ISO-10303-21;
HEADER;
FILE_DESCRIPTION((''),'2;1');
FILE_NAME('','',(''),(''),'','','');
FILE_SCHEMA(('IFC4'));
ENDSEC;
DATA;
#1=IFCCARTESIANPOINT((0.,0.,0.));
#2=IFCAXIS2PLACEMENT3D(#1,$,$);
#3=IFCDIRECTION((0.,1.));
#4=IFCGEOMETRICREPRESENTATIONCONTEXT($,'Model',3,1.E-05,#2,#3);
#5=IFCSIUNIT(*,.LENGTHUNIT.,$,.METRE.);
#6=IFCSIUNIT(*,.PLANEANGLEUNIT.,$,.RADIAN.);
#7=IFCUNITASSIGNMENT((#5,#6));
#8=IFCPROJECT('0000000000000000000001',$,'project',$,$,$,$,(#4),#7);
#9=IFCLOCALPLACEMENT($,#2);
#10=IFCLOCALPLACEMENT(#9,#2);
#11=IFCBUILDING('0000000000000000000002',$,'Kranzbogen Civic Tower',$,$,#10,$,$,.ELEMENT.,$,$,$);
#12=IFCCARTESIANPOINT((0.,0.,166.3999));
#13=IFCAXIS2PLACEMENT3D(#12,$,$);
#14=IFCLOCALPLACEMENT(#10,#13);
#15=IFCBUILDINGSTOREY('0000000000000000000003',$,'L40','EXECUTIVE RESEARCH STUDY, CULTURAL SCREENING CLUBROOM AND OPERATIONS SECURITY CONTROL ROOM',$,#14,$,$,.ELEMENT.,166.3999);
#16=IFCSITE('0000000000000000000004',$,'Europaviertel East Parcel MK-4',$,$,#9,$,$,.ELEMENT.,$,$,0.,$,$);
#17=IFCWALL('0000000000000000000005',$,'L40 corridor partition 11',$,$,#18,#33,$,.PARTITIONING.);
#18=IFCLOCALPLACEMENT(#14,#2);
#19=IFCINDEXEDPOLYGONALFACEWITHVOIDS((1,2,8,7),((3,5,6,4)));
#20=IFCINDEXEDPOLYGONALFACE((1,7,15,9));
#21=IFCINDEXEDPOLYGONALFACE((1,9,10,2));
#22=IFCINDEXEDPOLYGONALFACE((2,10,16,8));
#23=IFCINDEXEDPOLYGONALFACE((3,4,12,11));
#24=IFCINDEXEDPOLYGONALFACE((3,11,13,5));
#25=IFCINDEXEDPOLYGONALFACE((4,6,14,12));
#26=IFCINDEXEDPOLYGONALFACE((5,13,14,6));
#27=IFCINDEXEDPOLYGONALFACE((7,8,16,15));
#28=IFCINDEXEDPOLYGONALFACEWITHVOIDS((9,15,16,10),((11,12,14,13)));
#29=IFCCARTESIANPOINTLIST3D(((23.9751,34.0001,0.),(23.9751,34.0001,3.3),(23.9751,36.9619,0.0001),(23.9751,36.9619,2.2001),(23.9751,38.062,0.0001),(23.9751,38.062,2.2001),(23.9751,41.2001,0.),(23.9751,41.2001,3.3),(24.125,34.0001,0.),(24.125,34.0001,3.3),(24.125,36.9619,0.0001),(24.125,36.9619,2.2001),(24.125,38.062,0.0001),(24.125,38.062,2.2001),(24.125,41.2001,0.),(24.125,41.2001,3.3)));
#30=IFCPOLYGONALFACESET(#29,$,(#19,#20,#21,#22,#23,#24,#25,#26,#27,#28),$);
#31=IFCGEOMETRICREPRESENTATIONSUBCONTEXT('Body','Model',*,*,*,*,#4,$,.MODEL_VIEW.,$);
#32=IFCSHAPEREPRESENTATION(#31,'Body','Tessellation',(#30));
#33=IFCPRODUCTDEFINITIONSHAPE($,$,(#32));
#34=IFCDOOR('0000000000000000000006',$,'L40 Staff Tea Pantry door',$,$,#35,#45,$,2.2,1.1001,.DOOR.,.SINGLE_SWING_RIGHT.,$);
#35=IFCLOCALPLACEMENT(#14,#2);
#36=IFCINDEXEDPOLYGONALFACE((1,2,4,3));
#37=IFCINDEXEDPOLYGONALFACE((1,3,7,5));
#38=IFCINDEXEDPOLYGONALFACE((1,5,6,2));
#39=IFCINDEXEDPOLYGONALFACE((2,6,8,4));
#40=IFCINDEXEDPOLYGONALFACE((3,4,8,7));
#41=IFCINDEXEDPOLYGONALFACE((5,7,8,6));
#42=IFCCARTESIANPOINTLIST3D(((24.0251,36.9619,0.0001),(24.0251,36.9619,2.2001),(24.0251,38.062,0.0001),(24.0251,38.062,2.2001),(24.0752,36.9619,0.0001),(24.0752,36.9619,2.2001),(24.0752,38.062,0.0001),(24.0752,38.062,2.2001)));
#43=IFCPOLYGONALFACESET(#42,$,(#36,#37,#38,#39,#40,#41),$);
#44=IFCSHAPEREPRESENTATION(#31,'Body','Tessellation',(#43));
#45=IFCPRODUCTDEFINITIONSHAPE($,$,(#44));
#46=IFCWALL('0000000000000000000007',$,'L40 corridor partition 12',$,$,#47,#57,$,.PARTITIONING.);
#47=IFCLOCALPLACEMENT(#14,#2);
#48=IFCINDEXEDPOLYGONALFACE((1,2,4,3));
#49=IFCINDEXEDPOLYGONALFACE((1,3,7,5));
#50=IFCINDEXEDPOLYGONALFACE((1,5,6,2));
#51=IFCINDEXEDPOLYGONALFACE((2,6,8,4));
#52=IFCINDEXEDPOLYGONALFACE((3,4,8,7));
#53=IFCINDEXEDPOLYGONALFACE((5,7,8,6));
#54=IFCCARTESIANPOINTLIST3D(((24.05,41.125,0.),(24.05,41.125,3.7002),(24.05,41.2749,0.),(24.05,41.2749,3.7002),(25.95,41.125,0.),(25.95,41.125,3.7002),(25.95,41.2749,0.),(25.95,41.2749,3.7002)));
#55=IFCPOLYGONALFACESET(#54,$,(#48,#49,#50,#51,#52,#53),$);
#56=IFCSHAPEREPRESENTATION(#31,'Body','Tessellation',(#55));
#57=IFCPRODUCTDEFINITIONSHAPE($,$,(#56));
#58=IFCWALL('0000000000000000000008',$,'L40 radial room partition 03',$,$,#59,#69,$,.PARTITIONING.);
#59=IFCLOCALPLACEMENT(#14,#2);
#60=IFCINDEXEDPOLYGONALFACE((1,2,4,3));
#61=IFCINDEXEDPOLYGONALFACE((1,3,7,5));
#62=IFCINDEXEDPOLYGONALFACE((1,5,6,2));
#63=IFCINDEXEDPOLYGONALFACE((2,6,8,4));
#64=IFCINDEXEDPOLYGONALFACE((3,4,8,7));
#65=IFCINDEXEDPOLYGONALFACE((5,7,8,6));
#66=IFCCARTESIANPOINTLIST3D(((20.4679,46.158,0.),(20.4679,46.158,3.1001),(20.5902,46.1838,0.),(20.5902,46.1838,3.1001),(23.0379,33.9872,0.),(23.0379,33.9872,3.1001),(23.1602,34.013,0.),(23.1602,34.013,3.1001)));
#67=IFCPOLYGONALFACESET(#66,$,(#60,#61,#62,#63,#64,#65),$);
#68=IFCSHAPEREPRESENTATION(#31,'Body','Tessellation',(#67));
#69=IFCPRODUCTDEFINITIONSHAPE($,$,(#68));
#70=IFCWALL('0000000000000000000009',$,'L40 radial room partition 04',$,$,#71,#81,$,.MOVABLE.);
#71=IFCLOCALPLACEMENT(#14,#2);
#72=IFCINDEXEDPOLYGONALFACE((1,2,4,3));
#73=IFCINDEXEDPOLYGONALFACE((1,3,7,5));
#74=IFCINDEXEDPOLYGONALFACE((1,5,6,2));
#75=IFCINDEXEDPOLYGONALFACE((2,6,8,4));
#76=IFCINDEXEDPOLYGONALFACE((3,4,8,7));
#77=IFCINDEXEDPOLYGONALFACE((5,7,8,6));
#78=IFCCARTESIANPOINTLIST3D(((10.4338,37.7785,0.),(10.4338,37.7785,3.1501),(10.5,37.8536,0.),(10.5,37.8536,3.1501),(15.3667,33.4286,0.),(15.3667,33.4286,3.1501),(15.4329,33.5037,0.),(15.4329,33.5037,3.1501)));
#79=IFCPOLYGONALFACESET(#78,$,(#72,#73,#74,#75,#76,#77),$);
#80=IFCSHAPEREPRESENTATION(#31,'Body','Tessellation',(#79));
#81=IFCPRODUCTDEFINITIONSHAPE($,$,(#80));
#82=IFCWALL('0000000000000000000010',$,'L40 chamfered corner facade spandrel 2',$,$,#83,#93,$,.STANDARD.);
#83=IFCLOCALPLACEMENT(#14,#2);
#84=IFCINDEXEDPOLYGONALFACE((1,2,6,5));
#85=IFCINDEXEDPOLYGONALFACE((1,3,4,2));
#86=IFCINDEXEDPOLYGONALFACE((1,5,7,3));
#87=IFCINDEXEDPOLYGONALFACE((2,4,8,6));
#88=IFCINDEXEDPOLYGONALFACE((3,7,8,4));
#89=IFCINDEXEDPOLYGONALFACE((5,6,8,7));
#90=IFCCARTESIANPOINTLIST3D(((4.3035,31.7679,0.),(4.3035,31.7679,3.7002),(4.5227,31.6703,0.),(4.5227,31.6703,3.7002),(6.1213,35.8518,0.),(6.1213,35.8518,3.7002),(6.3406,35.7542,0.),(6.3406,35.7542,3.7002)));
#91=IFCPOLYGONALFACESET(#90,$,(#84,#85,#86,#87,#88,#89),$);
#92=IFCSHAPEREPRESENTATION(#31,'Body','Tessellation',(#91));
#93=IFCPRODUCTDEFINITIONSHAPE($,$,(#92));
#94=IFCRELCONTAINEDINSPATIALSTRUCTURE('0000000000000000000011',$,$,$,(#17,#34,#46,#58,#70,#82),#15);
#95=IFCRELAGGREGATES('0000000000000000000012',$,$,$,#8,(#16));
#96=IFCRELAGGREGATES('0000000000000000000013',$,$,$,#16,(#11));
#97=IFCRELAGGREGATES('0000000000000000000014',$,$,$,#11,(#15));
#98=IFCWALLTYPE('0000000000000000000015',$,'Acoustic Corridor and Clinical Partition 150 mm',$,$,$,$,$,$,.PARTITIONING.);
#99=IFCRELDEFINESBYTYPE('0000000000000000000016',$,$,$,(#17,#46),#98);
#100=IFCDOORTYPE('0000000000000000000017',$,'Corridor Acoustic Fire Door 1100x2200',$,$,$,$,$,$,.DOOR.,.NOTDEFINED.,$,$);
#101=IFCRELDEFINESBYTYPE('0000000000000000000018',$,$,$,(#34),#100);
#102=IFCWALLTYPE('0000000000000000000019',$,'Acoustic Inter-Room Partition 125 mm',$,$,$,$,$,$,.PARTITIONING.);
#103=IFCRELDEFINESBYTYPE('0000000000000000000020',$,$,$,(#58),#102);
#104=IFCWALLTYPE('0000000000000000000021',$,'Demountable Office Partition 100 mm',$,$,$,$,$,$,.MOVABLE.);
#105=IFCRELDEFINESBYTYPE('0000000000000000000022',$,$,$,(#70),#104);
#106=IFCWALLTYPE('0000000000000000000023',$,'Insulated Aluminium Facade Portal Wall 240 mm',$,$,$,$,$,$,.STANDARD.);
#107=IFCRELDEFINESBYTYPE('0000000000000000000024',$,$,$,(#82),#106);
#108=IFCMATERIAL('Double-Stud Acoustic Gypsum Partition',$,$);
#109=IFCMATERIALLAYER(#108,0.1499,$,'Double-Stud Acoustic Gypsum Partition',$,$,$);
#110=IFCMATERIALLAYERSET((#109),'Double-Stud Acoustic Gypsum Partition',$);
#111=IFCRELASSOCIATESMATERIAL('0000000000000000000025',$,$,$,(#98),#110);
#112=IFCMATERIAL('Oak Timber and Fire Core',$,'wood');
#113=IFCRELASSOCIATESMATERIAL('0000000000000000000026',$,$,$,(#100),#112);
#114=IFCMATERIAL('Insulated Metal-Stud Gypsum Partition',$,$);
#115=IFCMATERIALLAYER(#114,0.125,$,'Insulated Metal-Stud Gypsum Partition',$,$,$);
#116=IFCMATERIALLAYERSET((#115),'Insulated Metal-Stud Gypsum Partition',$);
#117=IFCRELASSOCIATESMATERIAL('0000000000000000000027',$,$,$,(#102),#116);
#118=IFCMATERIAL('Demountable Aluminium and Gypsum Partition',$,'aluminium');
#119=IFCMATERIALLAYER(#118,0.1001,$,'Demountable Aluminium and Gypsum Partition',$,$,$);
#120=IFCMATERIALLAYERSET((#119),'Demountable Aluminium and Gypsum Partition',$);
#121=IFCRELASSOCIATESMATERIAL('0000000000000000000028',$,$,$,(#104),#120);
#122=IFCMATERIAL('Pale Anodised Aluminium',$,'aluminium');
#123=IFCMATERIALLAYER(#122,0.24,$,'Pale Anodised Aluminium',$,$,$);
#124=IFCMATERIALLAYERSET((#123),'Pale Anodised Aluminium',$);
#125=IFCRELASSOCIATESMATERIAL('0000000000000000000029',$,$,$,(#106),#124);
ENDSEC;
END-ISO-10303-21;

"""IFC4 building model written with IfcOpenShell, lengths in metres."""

from ifc_helpers import new_model, si_unit, direction, frame, frame_2d, origin, place, context, subcontext, project, spatial, rectangle, extrude, material, layer, layer_set, type_object, element, fill, save


model = new_model("IFC4")

# Units and contexts
model_context = context("Model", 3, precision=1e-05, world=origin(), true_north=direction((0.0, 1.0)))
body_context = subcontext(model_context, "Body", "Model", "MODEL_VIEW")
ifc_project = project(units=[si_unit("LENGTHUNIT", "METRE"), si_unit("PLANEANGLEUNIT", "RADIAN")], contexts=[model_context])

# Site, building, storey
site_placement = place(None, origin())
site = spatial("IfcSite", under=ifc_project, at=site_placement, Name="Europaviertel East Parcel MK-4", CompositionType="ELEMENT", RefElevation=0.0)
building_placement = place(site_placement, origin())
building = spatial("IfcBuilding", under=site, at=building_placement, Name="Kranzbogen Civic Tower", CompositionType="ELEMENT")
storey_placement = place(building_placement, frame((0.0, 0.0, 166.3999)))
storey = spatial("IfcBuildingStorey", under=building, at=storey_placement, Name="L40", Description="EXECUTIVE RESEARCH STUDY, CULTURAL SCREENING CLUBROOM AND OPERATIONS SECURITY CONTROL ROOM", CompositionType="ELEMENT", Elevation=166.3999)

# Shared definitions
ifc_material_1 = material(Name="Pale Anodised Aluminium", Category="aluminium")

# Shared definitions
ifc_material_2 = material(Name="Double-Stud Acoustic Gypsum Partition")
ifc_layer_1 = layer(ifc_material_2, 0.1499, Name="Double-Stud Acoustic Gypsum Partition")
ifc_layer_set_1 = layer_set([ifc_layer_1], Name="Double-Stud Acoustic Gypsum Partition")
wall_type_1 = type_object("IfcWallType", Name="Acoustic Corridor and Clinical Partition 150 mm", PredefinedType="PARTITIONING", material=ifc_layer_set_1)

# Shared definitions
ifc_material_3 = material(Name="Oak Timber and Fire Core", Category="wood")
door_type = type_object("IfcDoorType", Name="Corridor Acoustic Fire Door 1100x2200", OperationType="NOTDEFINED", PredefinedType="DOOR", material=ifc_material_3)

# Wall, opening, door
wall_1_placement = place(storey_placement, frame((24.05, 34.0, 0.0), z_axis=(0.0, 0.0, 1.0), x_axis=(0.0, 1.0, 0.0)))
wall_1 = element("IfcWall", 1, at=wall_1_placement, inside=storey, type_object=wall_type_1, Name="L40 corridor partition 11", PredefinedType="PARTITIONING", context=body_context, shape_type="SweptSolid", body=[
    extrude(rectangle(XDim=7.2, YDim=0.1499, at=frame_2d((3.6001, 0.0))), origin(), (0.0, 0.0, 1.0), 3.3),
])
opening_1_placement = place(wall_1_placement, frame((2.9619, 0.0, 0.0)))
opening_1 = element("IfcOpeningElement", 2, at=opening_1_placement, cuts=wall_1, PredefinedType="OPENING", context=body_context, shape_type="SweptSolid", body=[
    extrude(rectangle(XDim=1.1001, YDim=2.2, at=frame_2d((0.55, 1.1001))), frame((0.0, 0.085, 0.0), z_axis=(0.0, -1.0, 0.0), x_axis=(1.0, 0.0, 0.0)), (0.0, 0.0, 1.0), 0.1699),
])
door_1_placement = place(opening_1_placement, origin())
door_1 = element("IfcDoor", 3, at=door_1_placement, inside=storey, type_object=door_type, Name="L40 Staff Tea Pantry door", OperationType="SINGLE_SWING_RIGHT", OverallHeight=2.2, OverallWidth=1.1001, PredefinedType="DOOR", context=body_context, shape_type="SweptSolid", body=[
    extrude(rectangle(XDim=1.1001, YDim=2.2, at=frame_2d((0.55, 1.1001))), frame((0.0, 0.0249, 0.0), z_axis=(0.0, -1.0, 0.0), x_axis=(1.0, 0.0, 0.0)), (0.0, 0.0, 1.0), 0.05),
])
fill(opening_1, door_1)

# Walls
wall_2_placement = place(storey_placement, frame((24.05, 41.2, 0.0), z_axis=(0.0, 0.0, 1.0), x_axis=(1.0, 0.0, 0.0)))
element("IfcWall", 4, at=wall_2_placement, inside=storey, type_object=wall_type_1, Name="L40 corridor partition 12", PredefinedType="PARTITIONING", context=body_context, shape_type="SweptSolid", body=[
    extrude(rectangle(XDim=1.8999, YDim=0.1499, at=frame_2d((0.95, 0.0))), origin(), (0.0, 0.0, 1.0), 3.7002),
])
ifc_material_4 = material(Name="Insulated Metal-Stud Gypsum Partition")
ifc_layer_2 = layer(ifc_material_4, 0.125, Name="Insulated Metal-Stud Gypsum Partition")
ifc_layer_set_2 = layer_set([ifc_layer_2], Name="Insulated Metal-Stud Gypsum Partition")
wall_type_2 = type_object("IfcWallType", Name="Acoustic Inter-Room Partition 125 mm", PredefinedType="PARTITIONING", material=ifc_layer_set_2)
wall_3_placement = place(storey_placement, frame((23.0991, 34.0, 0.0), z_axis=(0.0, 0.0, 1.0), x_axis=(-0.206609, 0.978424, 0.0)))
element("IfcWall", 5, at=wall_3_placement, inside=storey, type_object=wall_type_2, Name="L40 radial room partition 03", PredefinedType="PARTITIONING", context=body_context, shape_type="SweptSolid", body=[
    extrude(rectangle(XDim=12.4392, YDim=0.125, at=frame_2d((6.2197, 0.0))), origin(), (0.0, 0.0, 1.0), 3.1001),
])
ifc_material_5 = material(Name="Demountable Aluminium and Gypsum Partition", Category="aluminium")
ifc_layer_3 = layer(ifc_material_5, 0.1001, Name="Demountable Aluminium and Gypsum Partition")
ifc_layer_set_3 = layer_set([ifc_layer_3], Name="Demountable Aluminium and Gypsum Partition")
wall_type_3 = type_object("IfcWallType", Name="Demountable Office Partition 100 mm", PredefinedType="MOVABLE", material=ifc_layer_set_3)
wall_4_placement = place(storey_placement, frame((15.3999, 33.4661, 0.0), z_axis=(0.0, 0.0, 1.0), x_axis=(-0.750039, 0.661393, 0.0)))
element("IfcWall", 6, at=wall_4_placement, inside=storey, type_object=wall_type_3, Name="L40 radial room partition 04", PredefinedType="MOVABLE", context=body_context, shape_type="SweptSolid", body=[
    extrude(rectangle(XDim=6.5769, YDim=0.1001, at=frame_2d((3.2886, 0.0))), origin(), (0.0, 0.0, 1.0), 3.1501),
])
ifc_layer_4 = layer(ifc_material_1, 0.24, Name="Pale Anodised Aluminium")
ifc_layer_set_4 = layer_set([ifc_layer_4], Name="Pale Anodised Aluminium")
wall_type_4 = type_object("IfcWallType", Name="Insulated Aluminium Facade Portal Wall 240 mm", PredefinedType="STANDARD", material=ifc_layer_set_4)
wall_5_placement = place(storey_placement, frame((6.231, 35.803, 0.0), z_axis=(0.0, 0.0, 1.0), x_axis=(-0.406655, -0.913582, 0.0)))
element("IfcWall", 7, at=wall_5_placement, inside=storey, type_object=wall_type_4, Name="L40 chamfered corner facade spandrel 2", PredefinedType="STANDARD", context=body_context, shape_type="SweptSolid", body=[
    extrude(rectangle(XDim=4.4702, YDim=0.24, at=frame_2d((2.2351, 0.0))), origin(), (0.0, 0.0, 1.0), 3.7002),
])

save(model, "model.ifc")
